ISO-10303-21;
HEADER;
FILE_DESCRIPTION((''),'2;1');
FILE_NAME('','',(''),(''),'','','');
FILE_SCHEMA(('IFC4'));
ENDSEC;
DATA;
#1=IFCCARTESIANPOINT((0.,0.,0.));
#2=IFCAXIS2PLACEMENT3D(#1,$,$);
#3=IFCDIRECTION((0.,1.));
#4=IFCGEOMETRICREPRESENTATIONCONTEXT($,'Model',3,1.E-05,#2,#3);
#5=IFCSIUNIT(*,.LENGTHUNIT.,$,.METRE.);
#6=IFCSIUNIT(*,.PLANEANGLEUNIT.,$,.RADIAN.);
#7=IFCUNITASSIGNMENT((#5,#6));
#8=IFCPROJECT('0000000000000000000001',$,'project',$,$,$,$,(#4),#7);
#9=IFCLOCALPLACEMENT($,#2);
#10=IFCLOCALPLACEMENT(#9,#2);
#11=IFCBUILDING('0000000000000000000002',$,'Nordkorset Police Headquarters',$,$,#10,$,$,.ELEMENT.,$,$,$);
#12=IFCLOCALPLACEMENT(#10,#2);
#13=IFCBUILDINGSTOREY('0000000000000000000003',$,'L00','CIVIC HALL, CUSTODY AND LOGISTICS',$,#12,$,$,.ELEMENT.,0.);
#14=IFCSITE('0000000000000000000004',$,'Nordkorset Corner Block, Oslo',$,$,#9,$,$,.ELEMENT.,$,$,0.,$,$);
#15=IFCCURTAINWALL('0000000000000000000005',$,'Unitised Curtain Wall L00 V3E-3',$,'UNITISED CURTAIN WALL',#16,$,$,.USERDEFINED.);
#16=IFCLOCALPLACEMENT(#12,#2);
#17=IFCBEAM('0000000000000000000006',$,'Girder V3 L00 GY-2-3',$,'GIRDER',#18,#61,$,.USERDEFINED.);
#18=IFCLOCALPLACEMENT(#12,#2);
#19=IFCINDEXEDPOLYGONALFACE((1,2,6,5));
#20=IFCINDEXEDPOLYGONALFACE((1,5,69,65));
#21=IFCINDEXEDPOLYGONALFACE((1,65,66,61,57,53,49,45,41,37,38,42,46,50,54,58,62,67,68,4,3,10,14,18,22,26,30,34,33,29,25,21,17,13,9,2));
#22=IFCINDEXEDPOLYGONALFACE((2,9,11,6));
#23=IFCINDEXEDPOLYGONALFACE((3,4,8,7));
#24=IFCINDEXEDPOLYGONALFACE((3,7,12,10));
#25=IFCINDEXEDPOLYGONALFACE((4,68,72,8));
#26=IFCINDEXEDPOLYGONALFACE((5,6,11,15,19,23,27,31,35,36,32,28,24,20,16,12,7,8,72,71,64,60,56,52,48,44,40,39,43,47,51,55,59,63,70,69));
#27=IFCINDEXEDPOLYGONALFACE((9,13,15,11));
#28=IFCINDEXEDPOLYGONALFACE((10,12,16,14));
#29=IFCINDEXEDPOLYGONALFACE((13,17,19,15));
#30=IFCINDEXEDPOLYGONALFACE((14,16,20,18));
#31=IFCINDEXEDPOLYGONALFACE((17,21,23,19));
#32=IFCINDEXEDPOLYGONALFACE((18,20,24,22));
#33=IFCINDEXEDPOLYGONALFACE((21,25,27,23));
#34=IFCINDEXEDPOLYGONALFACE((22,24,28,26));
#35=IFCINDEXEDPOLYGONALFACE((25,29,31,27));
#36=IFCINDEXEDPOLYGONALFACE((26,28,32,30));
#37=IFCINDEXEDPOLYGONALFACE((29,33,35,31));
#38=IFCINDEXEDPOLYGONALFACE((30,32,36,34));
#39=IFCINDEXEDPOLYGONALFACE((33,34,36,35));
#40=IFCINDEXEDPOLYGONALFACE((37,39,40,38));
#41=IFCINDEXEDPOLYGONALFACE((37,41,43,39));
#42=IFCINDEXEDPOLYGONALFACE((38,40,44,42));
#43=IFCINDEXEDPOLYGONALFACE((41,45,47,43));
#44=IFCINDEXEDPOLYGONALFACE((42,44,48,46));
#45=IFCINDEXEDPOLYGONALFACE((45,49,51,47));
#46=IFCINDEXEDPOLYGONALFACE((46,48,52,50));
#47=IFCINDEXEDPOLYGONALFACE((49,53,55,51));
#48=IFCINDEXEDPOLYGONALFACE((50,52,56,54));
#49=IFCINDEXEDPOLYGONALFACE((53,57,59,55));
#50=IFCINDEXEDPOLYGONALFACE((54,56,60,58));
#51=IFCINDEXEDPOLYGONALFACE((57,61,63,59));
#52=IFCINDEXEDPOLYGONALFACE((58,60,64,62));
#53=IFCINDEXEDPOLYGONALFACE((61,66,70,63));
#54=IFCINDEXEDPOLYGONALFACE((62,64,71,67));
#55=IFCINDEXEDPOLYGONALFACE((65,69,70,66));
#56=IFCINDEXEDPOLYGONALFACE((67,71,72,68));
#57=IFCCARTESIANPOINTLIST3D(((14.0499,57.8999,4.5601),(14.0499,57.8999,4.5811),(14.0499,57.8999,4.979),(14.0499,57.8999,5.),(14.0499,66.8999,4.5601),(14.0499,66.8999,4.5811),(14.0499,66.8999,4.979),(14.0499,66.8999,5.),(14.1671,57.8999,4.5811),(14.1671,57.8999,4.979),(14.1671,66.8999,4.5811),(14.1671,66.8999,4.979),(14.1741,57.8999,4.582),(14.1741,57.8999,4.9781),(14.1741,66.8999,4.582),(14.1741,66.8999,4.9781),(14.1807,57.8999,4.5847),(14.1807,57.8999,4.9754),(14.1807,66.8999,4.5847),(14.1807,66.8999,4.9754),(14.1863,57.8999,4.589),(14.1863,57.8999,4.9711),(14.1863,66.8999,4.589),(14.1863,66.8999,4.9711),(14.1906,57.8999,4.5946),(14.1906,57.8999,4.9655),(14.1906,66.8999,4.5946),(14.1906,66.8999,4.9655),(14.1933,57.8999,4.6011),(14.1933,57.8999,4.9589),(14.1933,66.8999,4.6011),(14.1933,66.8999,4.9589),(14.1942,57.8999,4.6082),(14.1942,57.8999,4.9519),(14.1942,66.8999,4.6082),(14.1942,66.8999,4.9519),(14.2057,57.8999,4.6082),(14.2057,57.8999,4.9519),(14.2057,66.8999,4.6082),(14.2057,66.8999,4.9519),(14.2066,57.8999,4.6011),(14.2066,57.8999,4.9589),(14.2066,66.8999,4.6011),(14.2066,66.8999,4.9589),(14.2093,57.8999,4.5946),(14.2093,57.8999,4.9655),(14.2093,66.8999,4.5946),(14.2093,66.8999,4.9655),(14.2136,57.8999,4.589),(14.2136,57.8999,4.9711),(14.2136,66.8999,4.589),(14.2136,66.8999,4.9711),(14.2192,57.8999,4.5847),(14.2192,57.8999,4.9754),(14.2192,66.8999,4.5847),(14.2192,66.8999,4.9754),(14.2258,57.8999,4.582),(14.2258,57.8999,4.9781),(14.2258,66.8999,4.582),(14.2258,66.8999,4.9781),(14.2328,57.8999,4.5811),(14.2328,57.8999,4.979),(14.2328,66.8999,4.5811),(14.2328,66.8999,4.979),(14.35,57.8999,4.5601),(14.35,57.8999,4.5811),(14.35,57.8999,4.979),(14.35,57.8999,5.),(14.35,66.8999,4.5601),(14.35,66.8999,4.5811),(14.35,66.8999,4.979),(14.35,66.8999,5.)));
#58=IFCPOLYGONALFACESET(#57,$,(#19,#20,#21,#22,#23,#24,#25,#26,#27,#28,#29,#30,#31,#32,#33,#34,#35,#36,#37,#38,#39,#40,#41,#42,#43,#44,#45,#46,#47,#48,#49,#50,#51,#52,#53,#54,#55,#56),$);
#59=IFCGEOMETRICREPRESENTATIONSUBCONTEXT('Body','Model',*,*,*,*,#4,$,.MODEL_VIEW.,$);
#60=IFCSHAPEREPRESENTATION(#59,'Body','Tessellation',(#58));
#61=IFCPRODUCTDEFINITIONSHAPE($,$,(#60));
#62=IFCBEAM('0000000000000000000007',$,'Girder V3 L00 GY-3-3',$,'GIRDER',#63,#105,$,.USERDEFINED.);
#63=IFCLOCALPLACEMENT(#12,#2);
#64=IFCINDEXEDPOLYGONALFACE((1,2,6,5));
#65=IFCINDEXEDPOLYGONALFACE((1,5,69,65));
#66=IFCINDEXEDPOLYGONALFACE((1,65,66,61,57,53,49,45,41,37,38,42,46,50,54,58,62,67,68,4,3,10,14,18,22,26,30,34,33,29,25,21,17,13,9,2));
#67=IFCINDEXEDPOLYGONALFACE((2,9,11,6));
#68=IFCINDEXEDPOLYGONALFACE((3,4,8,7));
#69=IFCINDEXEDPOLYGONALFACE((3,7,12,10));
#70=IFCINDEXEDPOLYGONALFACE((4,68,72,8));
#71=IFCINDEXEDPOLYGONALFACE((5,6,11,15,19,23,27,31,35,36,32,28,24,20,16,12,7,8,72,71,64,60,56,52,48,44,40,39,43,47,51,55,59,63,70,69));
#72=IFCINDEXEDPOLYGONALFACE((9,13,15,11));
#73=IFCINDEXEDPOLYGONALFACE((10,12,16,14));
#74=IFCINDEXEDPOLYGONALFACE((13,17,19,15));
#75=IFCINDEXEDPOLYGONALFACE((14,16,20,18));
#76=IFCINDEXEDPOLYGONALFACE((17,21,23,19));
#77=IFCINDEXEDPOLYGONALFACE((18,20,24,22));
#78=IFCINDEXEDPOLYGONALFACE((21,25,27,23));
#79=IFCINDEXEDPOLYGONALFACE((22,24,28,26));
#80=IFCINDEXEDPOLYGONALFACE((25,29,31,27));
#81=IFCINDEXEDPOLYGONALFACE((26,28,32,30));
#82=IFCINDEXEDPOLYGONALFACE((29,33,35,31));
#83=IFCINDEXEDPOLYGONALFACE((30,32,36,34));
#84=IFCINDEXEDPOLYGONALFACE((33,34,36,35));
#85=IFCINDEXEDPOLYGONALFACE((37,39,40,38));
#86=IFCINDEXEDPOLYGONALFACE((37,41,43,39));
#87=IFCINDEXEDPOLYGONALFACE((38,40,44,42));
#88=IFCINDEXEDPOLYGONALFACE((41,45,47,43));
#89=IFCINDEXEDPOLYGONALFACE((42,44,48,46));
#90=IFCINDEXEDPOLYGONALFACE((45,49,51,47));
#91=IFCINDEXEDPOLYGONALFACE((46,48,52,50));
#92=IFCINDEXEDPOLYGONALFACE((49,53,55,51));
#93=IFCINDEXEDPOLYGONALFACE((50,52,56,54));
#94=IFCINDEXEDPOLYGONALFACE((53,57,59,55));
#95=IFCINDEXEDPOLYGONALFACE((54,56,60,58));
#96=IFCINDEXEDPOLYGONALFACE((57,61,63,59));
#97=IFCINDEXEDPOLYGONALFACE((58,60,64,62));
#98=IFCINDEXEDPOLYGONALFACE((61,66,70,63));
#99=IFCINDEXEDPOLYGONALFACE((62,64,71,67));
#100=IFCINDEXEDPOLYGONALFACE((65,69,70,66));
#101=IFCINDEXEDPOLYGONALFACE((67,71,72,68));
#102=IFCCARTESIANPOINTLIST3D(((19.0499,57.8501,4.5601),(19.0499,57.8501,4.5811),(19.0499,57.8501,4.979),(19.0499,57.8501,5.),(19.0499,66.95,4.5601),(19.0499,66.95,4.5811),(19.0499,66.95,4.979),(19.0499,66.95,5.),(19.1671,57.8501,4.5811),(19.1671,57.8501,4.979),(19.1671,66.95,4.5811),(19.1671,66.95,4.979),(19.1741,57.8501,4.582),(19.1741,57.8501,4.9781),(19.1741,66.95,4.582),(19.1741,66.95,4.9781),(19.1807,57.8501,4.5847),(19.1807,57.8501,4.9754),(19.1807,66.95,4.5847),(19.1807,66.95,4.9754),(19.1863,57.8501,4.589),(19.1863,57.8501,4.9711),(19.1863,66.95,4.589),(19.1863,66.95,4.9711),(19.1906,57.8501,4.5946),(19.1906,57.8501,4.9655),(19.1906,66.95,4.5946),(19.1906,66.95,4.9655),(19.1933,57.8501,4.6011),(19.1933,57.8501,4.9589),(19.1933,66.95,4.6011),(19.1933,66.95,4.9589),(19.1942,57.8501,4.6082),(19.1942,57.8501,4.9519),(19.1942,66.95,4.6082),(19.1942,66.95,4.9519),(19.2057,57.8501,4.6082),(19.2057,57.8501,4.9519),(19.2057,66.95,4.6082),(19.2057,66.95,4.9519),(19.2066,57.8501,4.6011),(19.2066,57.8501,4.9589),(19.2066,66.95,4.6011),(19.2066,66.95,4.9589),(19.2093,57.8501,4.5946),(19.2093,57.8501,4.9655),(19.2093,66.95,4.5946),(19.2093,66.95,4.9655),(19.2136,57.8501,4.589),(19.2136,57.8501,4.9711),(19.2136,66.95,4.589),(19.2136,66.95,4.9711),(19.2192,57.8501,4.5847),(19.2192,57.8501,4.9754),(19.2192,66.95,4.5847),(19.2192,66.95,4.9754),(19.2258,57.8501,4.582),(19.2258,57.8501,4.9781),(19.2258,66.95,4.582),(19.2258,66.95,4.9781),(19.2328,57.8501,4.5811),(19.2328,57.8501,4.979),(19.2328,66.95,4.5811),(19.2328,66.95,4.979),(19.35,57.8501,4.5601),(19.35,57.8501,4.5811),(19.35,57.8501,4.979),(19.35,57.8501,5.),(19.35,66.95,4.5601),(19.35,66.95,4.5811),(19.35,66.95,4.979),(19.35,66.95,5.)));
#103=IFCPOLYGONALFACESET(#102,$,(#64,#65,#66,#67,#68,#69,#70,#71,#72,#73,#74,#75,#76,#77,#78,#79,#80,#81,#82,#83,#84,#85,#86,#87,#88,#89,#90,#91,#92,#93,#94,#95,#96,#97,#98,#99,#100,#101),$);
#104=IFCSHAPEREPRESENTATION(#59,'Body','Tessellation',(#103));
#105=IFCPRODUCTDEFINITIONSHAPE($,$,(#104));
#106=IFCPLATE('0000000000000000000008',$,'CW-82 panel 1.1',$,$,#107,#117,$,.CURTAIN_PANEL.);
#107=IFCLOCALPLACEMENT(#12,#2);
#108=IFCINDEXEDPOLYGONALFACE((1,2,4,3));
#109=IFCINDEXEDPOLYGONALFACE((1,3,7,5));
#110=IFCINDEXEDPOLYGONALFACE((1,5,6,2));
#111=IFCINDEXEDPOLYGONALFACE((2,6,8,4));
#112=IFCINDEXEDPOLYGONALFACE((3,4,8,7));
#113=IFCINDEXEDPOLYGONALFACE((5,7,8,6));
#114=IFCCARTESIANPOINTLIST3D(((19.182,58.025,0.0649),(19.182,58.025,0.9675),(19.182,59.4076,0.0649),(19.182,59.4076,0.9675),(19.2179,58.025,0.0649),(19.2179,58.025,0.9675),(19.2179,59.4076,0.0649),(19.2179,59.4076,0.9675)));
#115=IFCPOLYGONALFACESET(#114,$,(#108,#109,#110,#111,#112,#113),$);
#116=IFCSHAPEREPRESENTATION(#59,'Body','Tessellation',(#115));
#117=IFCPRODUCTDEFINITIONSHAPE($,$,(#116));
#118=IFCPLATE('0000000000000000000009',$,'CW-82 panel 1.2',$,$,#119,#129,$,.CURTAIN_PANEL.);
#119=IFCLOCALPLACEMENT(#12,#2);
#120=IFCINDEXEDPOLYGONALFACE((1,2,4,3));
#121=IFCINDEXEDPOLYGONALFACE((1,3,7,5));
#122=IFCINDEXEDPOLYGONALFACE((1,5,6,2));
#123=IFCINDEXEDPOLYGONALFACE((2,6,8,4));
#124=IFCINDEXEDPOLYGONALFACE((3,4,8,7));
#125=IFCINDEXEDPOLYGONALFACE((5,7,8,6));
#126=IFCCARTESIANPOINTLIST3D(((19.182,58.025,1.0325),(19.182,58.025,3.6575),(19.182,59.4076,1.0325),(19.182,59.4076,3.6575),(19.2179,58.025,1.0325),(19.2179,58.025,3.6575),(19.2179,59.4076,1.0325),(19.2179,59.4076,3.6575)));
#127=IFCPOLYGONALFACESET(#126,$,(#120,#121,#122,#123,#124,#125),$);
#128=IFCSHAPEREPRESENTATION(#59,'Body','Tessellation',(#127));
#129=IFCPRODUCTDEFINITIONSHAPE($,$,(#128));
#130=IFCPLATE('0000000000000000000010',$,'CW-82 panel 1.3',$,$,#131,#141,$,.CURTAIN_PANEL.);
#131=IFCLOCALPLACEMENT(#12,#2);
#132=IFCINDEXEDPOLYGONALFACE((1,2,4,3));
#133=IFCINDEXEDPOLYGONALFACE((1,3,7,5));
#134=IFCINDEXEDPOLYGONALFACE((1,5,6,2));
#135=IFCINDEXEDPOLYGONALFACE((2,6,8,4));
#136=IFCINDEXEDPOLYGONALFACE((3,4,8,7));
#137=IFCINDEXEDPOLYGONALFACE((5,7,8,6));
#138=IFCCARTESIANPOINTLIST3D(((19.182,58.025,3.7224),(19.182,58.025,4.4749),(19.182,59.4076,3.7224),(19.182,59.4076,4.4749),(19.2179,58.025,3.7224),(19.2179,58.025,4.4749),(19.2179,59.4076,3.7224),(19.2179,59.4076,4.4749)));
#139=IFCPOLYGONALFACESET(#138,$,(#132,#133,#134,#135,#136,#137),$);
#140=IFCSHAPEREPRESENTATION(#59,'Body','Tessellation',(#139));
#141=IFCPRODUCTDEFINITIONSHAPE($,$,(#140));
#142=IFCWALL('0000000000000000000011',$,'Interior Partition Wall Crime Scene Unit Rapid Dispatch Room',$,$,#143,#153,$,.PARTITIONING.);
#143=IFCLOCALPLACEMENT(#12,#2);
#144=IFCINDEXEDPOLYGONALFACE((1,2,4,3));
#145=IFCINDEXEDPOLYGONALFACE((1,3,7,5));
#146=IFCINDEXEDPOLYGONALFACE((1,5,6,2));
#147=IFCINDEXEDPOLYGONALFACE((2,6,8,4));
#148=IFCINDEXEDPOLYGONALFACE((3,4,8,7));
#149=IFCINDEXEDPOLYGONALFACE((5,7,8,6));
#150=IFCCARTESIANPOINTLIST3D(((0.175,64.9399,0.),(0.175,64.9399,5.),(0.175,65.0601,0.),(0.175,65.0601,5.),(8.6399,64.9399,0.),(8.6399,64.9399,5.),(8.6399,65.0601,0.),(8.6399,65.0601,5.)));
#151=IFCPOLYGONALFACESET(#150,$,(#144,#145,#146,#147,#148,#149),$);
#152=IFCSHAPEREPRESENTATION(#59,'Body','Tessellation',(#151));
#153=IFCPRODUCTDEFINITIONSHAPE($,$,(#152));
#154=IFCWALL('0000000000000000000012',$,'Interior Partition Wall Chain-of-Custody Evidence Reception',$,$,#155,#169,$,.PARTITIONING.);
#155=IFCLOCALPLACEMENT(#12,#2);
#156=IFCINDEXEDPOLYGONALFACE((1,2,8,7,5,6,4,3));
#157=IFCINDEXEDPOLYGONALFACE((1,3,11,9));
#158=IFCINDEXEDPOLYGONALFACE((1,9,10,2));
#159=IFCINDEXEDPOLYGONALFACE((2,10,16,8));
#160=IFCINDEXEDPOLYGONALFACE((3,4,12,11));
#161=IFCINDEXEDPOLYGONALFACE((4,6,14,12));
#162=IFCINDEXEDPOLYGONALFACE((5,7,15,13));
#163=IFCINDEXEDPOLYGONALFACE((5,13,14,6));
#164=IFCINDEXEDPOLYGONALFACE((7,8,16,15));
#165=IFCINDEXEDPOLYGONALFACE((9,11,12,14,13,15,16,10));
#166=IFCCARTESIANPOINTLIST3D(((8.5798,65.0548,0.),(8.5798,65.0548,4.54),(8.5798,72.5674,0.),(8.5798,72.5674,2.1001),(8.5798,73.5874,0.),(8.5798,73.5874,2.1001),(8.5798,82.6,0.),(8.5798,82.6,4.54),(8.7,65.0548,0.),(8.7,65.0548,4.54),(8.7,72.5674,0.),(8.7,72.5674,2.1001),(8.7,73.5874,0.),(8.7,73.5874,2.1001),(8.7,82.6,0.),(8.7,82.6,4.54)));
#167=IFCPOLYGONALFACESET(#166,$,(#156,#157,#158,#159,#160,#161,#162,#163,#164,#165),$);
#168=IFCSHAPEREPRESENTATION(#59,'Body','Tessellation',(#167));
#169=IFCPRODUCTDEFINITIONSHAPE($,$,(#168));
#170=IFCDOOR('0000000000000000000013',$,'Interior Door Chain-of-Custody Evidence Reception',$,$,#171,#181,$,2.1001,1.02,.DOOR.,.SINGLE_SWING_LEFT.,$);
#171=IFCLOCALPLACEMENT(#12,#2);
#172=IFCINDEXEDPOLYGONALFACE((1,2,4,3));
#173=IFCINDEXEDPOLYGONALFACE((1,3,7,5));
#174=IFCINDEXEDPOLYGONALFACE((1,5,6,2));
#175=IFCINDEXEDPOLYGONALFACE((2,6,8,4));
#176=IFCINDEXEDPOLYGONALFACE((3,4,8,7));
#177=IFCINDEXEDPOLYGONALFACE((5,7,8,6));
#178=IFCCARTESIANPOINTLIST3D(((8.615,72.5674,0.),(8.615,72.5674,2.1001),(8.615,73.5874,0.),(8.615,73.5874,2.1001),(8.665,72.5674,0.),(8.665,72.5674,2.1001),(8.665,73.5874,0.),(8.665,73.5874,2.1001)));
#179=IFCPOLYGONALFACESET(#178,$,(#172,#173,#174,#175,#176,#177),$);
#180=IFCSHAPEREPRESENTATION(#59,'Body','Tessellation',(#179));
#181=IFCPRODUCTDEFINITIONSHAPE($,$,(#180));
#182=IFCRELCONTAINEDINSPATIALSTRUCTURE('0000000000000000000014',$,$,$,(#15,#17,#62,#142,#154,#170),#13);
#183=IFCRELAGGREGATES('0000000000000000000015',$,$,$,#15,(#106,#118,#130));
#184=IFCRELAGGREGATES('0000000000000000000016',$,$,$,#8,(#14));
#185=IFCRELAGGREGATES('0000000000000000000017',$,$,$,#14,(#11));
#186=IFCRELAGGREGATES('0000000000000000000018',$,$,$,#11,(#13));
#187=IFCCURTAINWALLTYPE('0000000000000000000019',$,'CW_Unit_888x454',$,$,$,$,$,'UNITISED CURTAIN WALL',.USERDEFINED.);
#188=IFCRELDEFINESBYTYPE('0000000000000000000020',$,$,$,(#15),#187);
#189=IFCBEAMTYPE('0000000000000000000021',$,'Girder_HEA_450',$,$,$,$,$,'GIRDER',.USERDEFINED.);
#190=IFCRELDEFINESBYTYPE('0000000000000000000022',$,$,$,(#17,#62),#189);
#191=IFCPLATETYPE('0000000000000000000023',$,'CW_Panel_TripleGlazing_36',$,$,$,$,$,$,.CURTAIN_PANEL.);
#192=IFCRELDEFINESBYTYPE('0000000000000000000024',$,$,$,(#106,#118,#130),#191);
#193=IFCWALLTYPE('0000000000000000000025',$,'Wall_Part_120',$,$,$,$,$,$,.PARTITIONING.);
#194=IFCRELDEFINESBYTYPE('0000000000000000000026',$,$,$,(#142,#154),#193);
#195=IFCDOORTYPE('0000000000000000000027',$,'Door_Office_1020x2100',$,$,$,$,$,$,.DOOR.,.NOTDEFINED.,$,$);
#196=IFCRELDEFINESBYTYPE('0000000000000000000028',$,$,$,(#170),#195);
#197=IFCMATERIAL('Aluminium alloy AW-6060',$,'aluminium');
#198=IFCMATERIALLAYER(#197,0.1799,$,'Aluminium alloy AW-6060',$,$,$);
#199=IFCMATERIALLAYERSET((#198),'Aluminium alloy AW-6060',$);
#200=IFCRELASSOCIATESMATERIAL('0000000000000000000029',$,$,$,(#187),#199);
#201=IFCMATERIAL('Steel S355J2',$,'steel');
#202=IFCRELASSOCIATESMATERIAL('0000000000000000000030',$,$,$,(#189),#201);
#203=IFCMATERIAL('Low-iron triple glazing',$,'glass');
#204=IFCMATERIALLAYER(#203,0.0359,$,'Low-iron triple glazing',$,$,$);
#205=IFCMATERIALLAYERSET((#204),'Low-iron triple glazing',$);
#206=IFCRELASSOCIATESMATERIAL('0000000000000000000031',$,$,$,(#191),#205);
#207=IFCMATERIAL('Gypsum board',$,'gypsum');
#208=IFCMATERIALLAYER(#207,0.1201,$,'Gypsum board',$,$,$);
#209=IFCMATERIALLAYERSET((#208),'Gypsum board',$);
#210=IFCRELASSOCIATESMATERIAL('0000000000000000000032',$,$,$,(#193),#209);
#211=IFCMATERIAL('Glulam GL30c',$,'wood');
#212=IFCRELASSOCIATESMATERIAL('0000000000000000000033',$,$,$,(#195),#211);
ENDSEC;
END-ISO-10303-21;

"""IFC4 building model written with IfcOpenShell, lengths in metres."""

from ifc_helpers import new_model, si_unit, direction, frame, frame_2d, origin, origin_2d, place, context, subcontext, project, spatial, rectangle, i_section, extrude, material, layer, layer_set, material_profile, profile_set, type_object, element, fill, aggregate, save


model = new_model("IFC4")

# Units and contexts
model_context = context("Model", 3, precision=1e-05, world=origin(), true_north=direction((0.0, 1.0)))
body_context = subcontext(model_context, "Body", "Model", "MODEL_VIEW")
ifc_project = project(units=[si_unit("LENGTHUNIT", "METRE"), si_unit("PLANEANGLEUNIT", "RADIAN")], contexts=[model_context])

# Site, building, storey
site_placement = place(None, origin())
site = spatial("IfcSite", under=ifc_project, at=site_placement, Name="Nordkorset Corner Block, Oslo", CompositionType="ELEMENT", RefElevation=0.0)
building_placement = place(site_placement, origin())
building = spatial("IfcBuilding", under=site, at=building_placement, Name="Nordkorset Police Headquarters", CompositionType="ELEMENT")
storey_placement = place(building_placement, origin())
storey = spatial("IfcBuildingStorey", under=building, at=storey_placement, Name="L00", Description="CIVIC HALL, CUSTODY AND LOGISTICS", CompositionType="ELEMENT", Elevation=0.0)

# Curtain wall
ifc_material_1 = material(Name="Aluminium alloy AW-6060", Category="aluminium")
ifc_layer_1 = layer(ifc_material_1, 0.1799, Name="Aluminium alloy AW-6060")
ifc_layer_set_1 = layer_set([ifc_layer_1], Name="Aluminium alloy AW-6060")
curtain_wall_type = type_object("IfcCurtainWallType", Name="CW_Unit_888x454", ElementType="UNITISED CURTAIN WALL", PredefinedType="USERDEFINED", material=ifc_layer_set_1)
curtain_wall_placement = place(storey_placement, origin())
curtain_wall = element("IfcCurtainWall", 1, at=curtain_wall_placement, inside=storey, type_object=curtain_wall_type, Name="Unitised Curtain Wall L00 V3E-3", ObjectType="UNITISED CURTAIN WALL", PredefinedType="USERDEFINED")

# Beams
ifc_material_2 = material(Name="Steel S355J2", Category="steel")
ifc_material_profile_1 = material_profile(ifc_material_2, i_section(OverallWidth=0.3, OverallDepth=0.4399, WebThickness=0.0115, FlangeThickness=0.021, FilletRadius=0.0271, at=origin_2d()), Name="HEA 450")
ifc_profile_set_1 = profile_set([ifc_material_profile_1], Name="Steel S355J2")
beam_type_1 = type_object("IfcBeamType", Name="Girder_HEA_450", ElementType="GIRDER", PredefinedType="USERDEFINED", material=ifc_profile_set_1)
beam_1_placement = place(storey_placement, frame((14.2, 57.8999, 4.78), z_axis=(0.0, 1.0, 0.0), x_axis=(-1.0, 0.0, 0.0)))
element("IfcBeam", 2, at=beam_1_placement, inside=storey, type_object=beam_type_1, Name="Girder V3 L00 GY-2-3", ObjectType="GIRDER", PredefinedType="USERDEFINED", context=body_context, shape_type="SweptSolid", body=[
    extrude(i_section(OverallWidth=0.3, OverallDepth=0.4399, WebThickness=0.0115, FlangeThickness=0.021, FilletRadius=0.0271, at=origin_2d()), origin(), (0.0, 0.0, 1.0), 9.0),
])
beam_2_placement = place(storey_placement, frame((19.2, 57.8501, 4.78), z_axis=(0.0, 1.0, 0.0), x_axis=(-1.0, 0.0, 0.0)))
element("IfcBeam", 3, at=beam_2_placement, inside=storey, type_object=beam_type_1, Name="Girder V3 L00 GY-3-3", ObjectType="GIRDER", PredefinedType="USERDEFINED", context=body_context, shape_type="SweptSolid", body=[
    extrude(i_section(OverallWidth=0.3, OverallDepth=0.4399, WebThickness=0.0115, FlangeThickness=0.021, FilletRadius=0.0271, at=origin_2d()), origin(), (0.0, 0.0, 1.0), 9.0999),
])

# Plates
ifc_material_3 = material(Name="Low-iron triple glazing", Category="glass")
ifc_layer_2 = layer(ifc_material_3, 0.0359, Name="Low-iron triple glazing")
ifc_layer_set_2 = layer_set([ifc_layer_2], Name="Low-iron triple glazing")
plate_type = type_object("IfcPlateType", Name="CW_Panel_TripleGlazing_36", PredefinedType="CURTAIN_PANEL", material=ifc_layer_set_2)
plate_1_placement = place(storey_placement, frame((19.2, 58.7163, 0.0649), z_axis=(0.0, 0.0, 1.0), x_axis=(0.0, 1.0, 0.0)))
plate_1 = element("IfcPlate", 4, at=plate_1_placement, type_object=plate_type, Name="CW-82 panel 1.1", PredefinedType="CURTAIN_PANEL", context=body_context, shape_type="SweptSolid", body=[
    extrude(rectangle(XDim=1.3826, YDim=0.0359, at=origin_2d()), origin(), (0.0, 0.0, 1.0), 0.9026),
])
plate_2_placement = place(storey_placement, frame((19.2, 58.7163, 1.0325), z_axis=(0.0, 0.0, 1.0), x_axis=(0.0, 1.0, 0.0)))
plate_2 = element("IfcPlate", 5, at=plate_2_placement, type_object=plate_type, Name="CW-82 panel 1.2", PredefinedType="CURTAIN_PANEL", context=body_context, shape_type="SweptSolid", body=[
    extrude(rectangle(XDim=1.3826, YDim=0.0359, at=origin_2d()), origin(), (0.0, 0.0, 1.0), 2.625),
])
plate_3_placement = place(storey_placement, frame((19.2, 58.7163, 3.7224), z_axis=(0.0, 0.0, 1.0), x_axis=(0.0, 1.0, 0.0)))
plate_3 = element("IfcPlate", 6, at=plate_3_placement, type_object=plate_type, Name="CW-82 panel 1.3", PredefinedType="CURTAIN_PANEL", context=body_context, shape_type="SweptSolid", body=[
    extrude(rectangle(XDim=1.3826, YDim=0.0359, at=origin_2d()), origin(), (0.0, 0.0, 1.0), 0.7524),
])
aggregate(curtain_wall, [plate_1, plate_2, plate_3])

# Wall
ifc_material_4 = material(Name="Gypsum board", Category="gypsum")
ifc_layer_3 = layer(ifc_material_4, 0.1201, Name="Gypsum board")
ifc_layer_set_3 = layer_set([ifc_layer_3], Name="Gypsum board")
wall_type = type_object("IfcWallType", Name="Wall_Part_120", PredefinedType="PARTITIONING", material=ifc_layer_set_3)
wall_1_placement = place(storey_placement, frame((8.6399, 65.0, 0.0), z_axis=(0.0, 0.0, 1.0), x_axis=(-1.0, 0.0, 0.0)))
element("IfcWall", 7, at=wall_1_placement, inside=storey, type_object=wall_type, Name="Interior Partition Wall Crime Scene Unit Rapid Dispatch Room", PredefinedType="PARTITIONING", context=body_context, shape_type="SweptSolid", body=[
    extrude(rectangle(XDim=8.4648, YDim=0.1201, at=frame_2d((4.2324, 0.0))), origin(), (0.0, 0.0, 1.0), 5.0),
])

# Wall, opening, door
wall_2_placement = place(storey_placement, frame((8.6399, 65.0549, 0.0), z_axis=(0.0, 0.0, 1.0), x_axis=(0.0, 1.0, 0.0)))
wall_2 = element("IfcWall", 8, at=wall_2_placement, inside=storey, type_object=wall_type, Name="Interior Partition Wall Chain-of-Custody Evidence Reception", PredefinedType="PARTITIONING", context=body_context, shape_type="SweptSolid", body=[
    extrude(rectangle(XDim=17.5452, YDim=0.1201, at=frame_2d((8.7725, 0.0))), origin(), (0.0, 0.0, 1.0), 4.54),
])
opening_placement = place(wall_2_placement, frame((7.5125, 0.0, 0.0)))
opening = element("IfcOpeningElement", 9, at=opening_placement, cuts=wall_2, PredefinedType="OPENING", context=body_context, shape_type="SweptSolid", body=[
    extrude(rectangle(XDim=1.02, YDim=2.1001, at=frame_2d((0.51, 1.05))), frame((0.0, 0.0701, 0.0), z_axis=(0.0, -1.0, 0.0), x_axis=(1.0, 0.0, 0.0)), (0.0, 0.0, 1.0), 0.1401),
])
ifc_material_5 = material(Name="Glulam GL30c", Category="wood")
door_type = type_object("IfcDoorType", Name="Door_Office_1020x2100", OperationType="NOTDEFINED", PredefinedType="DOOR", material=ifc_material_5)
door_placement = place(opening_placement, origin())
door = element("IfcDoor", 10, at=door_placement, inside=storey, type_object=door_type, Name="Interior Door Chain-of-Custody Evidence Reception", OperationType="SINGLE_SWING_LEFT", OverallHeight=2.1001, OverallWidth=1.02, PredefinedType="DOOR", context=body_context, shape_type="SweptSolid", body=[
    extrude(rectangle(XDim=1.02, YDim=2.1001, at=frame_2d((0.51, 1.05))), frame((0.0, 0.0249, 0.0), z_axis=(0.0, -1.0, 0.0), x_axis=(1.0, 0.0, 0.0)), (0.0, 0.0, 1.0), 0.05),
])
fill(opening, door)

save(model, "model.ifc")
